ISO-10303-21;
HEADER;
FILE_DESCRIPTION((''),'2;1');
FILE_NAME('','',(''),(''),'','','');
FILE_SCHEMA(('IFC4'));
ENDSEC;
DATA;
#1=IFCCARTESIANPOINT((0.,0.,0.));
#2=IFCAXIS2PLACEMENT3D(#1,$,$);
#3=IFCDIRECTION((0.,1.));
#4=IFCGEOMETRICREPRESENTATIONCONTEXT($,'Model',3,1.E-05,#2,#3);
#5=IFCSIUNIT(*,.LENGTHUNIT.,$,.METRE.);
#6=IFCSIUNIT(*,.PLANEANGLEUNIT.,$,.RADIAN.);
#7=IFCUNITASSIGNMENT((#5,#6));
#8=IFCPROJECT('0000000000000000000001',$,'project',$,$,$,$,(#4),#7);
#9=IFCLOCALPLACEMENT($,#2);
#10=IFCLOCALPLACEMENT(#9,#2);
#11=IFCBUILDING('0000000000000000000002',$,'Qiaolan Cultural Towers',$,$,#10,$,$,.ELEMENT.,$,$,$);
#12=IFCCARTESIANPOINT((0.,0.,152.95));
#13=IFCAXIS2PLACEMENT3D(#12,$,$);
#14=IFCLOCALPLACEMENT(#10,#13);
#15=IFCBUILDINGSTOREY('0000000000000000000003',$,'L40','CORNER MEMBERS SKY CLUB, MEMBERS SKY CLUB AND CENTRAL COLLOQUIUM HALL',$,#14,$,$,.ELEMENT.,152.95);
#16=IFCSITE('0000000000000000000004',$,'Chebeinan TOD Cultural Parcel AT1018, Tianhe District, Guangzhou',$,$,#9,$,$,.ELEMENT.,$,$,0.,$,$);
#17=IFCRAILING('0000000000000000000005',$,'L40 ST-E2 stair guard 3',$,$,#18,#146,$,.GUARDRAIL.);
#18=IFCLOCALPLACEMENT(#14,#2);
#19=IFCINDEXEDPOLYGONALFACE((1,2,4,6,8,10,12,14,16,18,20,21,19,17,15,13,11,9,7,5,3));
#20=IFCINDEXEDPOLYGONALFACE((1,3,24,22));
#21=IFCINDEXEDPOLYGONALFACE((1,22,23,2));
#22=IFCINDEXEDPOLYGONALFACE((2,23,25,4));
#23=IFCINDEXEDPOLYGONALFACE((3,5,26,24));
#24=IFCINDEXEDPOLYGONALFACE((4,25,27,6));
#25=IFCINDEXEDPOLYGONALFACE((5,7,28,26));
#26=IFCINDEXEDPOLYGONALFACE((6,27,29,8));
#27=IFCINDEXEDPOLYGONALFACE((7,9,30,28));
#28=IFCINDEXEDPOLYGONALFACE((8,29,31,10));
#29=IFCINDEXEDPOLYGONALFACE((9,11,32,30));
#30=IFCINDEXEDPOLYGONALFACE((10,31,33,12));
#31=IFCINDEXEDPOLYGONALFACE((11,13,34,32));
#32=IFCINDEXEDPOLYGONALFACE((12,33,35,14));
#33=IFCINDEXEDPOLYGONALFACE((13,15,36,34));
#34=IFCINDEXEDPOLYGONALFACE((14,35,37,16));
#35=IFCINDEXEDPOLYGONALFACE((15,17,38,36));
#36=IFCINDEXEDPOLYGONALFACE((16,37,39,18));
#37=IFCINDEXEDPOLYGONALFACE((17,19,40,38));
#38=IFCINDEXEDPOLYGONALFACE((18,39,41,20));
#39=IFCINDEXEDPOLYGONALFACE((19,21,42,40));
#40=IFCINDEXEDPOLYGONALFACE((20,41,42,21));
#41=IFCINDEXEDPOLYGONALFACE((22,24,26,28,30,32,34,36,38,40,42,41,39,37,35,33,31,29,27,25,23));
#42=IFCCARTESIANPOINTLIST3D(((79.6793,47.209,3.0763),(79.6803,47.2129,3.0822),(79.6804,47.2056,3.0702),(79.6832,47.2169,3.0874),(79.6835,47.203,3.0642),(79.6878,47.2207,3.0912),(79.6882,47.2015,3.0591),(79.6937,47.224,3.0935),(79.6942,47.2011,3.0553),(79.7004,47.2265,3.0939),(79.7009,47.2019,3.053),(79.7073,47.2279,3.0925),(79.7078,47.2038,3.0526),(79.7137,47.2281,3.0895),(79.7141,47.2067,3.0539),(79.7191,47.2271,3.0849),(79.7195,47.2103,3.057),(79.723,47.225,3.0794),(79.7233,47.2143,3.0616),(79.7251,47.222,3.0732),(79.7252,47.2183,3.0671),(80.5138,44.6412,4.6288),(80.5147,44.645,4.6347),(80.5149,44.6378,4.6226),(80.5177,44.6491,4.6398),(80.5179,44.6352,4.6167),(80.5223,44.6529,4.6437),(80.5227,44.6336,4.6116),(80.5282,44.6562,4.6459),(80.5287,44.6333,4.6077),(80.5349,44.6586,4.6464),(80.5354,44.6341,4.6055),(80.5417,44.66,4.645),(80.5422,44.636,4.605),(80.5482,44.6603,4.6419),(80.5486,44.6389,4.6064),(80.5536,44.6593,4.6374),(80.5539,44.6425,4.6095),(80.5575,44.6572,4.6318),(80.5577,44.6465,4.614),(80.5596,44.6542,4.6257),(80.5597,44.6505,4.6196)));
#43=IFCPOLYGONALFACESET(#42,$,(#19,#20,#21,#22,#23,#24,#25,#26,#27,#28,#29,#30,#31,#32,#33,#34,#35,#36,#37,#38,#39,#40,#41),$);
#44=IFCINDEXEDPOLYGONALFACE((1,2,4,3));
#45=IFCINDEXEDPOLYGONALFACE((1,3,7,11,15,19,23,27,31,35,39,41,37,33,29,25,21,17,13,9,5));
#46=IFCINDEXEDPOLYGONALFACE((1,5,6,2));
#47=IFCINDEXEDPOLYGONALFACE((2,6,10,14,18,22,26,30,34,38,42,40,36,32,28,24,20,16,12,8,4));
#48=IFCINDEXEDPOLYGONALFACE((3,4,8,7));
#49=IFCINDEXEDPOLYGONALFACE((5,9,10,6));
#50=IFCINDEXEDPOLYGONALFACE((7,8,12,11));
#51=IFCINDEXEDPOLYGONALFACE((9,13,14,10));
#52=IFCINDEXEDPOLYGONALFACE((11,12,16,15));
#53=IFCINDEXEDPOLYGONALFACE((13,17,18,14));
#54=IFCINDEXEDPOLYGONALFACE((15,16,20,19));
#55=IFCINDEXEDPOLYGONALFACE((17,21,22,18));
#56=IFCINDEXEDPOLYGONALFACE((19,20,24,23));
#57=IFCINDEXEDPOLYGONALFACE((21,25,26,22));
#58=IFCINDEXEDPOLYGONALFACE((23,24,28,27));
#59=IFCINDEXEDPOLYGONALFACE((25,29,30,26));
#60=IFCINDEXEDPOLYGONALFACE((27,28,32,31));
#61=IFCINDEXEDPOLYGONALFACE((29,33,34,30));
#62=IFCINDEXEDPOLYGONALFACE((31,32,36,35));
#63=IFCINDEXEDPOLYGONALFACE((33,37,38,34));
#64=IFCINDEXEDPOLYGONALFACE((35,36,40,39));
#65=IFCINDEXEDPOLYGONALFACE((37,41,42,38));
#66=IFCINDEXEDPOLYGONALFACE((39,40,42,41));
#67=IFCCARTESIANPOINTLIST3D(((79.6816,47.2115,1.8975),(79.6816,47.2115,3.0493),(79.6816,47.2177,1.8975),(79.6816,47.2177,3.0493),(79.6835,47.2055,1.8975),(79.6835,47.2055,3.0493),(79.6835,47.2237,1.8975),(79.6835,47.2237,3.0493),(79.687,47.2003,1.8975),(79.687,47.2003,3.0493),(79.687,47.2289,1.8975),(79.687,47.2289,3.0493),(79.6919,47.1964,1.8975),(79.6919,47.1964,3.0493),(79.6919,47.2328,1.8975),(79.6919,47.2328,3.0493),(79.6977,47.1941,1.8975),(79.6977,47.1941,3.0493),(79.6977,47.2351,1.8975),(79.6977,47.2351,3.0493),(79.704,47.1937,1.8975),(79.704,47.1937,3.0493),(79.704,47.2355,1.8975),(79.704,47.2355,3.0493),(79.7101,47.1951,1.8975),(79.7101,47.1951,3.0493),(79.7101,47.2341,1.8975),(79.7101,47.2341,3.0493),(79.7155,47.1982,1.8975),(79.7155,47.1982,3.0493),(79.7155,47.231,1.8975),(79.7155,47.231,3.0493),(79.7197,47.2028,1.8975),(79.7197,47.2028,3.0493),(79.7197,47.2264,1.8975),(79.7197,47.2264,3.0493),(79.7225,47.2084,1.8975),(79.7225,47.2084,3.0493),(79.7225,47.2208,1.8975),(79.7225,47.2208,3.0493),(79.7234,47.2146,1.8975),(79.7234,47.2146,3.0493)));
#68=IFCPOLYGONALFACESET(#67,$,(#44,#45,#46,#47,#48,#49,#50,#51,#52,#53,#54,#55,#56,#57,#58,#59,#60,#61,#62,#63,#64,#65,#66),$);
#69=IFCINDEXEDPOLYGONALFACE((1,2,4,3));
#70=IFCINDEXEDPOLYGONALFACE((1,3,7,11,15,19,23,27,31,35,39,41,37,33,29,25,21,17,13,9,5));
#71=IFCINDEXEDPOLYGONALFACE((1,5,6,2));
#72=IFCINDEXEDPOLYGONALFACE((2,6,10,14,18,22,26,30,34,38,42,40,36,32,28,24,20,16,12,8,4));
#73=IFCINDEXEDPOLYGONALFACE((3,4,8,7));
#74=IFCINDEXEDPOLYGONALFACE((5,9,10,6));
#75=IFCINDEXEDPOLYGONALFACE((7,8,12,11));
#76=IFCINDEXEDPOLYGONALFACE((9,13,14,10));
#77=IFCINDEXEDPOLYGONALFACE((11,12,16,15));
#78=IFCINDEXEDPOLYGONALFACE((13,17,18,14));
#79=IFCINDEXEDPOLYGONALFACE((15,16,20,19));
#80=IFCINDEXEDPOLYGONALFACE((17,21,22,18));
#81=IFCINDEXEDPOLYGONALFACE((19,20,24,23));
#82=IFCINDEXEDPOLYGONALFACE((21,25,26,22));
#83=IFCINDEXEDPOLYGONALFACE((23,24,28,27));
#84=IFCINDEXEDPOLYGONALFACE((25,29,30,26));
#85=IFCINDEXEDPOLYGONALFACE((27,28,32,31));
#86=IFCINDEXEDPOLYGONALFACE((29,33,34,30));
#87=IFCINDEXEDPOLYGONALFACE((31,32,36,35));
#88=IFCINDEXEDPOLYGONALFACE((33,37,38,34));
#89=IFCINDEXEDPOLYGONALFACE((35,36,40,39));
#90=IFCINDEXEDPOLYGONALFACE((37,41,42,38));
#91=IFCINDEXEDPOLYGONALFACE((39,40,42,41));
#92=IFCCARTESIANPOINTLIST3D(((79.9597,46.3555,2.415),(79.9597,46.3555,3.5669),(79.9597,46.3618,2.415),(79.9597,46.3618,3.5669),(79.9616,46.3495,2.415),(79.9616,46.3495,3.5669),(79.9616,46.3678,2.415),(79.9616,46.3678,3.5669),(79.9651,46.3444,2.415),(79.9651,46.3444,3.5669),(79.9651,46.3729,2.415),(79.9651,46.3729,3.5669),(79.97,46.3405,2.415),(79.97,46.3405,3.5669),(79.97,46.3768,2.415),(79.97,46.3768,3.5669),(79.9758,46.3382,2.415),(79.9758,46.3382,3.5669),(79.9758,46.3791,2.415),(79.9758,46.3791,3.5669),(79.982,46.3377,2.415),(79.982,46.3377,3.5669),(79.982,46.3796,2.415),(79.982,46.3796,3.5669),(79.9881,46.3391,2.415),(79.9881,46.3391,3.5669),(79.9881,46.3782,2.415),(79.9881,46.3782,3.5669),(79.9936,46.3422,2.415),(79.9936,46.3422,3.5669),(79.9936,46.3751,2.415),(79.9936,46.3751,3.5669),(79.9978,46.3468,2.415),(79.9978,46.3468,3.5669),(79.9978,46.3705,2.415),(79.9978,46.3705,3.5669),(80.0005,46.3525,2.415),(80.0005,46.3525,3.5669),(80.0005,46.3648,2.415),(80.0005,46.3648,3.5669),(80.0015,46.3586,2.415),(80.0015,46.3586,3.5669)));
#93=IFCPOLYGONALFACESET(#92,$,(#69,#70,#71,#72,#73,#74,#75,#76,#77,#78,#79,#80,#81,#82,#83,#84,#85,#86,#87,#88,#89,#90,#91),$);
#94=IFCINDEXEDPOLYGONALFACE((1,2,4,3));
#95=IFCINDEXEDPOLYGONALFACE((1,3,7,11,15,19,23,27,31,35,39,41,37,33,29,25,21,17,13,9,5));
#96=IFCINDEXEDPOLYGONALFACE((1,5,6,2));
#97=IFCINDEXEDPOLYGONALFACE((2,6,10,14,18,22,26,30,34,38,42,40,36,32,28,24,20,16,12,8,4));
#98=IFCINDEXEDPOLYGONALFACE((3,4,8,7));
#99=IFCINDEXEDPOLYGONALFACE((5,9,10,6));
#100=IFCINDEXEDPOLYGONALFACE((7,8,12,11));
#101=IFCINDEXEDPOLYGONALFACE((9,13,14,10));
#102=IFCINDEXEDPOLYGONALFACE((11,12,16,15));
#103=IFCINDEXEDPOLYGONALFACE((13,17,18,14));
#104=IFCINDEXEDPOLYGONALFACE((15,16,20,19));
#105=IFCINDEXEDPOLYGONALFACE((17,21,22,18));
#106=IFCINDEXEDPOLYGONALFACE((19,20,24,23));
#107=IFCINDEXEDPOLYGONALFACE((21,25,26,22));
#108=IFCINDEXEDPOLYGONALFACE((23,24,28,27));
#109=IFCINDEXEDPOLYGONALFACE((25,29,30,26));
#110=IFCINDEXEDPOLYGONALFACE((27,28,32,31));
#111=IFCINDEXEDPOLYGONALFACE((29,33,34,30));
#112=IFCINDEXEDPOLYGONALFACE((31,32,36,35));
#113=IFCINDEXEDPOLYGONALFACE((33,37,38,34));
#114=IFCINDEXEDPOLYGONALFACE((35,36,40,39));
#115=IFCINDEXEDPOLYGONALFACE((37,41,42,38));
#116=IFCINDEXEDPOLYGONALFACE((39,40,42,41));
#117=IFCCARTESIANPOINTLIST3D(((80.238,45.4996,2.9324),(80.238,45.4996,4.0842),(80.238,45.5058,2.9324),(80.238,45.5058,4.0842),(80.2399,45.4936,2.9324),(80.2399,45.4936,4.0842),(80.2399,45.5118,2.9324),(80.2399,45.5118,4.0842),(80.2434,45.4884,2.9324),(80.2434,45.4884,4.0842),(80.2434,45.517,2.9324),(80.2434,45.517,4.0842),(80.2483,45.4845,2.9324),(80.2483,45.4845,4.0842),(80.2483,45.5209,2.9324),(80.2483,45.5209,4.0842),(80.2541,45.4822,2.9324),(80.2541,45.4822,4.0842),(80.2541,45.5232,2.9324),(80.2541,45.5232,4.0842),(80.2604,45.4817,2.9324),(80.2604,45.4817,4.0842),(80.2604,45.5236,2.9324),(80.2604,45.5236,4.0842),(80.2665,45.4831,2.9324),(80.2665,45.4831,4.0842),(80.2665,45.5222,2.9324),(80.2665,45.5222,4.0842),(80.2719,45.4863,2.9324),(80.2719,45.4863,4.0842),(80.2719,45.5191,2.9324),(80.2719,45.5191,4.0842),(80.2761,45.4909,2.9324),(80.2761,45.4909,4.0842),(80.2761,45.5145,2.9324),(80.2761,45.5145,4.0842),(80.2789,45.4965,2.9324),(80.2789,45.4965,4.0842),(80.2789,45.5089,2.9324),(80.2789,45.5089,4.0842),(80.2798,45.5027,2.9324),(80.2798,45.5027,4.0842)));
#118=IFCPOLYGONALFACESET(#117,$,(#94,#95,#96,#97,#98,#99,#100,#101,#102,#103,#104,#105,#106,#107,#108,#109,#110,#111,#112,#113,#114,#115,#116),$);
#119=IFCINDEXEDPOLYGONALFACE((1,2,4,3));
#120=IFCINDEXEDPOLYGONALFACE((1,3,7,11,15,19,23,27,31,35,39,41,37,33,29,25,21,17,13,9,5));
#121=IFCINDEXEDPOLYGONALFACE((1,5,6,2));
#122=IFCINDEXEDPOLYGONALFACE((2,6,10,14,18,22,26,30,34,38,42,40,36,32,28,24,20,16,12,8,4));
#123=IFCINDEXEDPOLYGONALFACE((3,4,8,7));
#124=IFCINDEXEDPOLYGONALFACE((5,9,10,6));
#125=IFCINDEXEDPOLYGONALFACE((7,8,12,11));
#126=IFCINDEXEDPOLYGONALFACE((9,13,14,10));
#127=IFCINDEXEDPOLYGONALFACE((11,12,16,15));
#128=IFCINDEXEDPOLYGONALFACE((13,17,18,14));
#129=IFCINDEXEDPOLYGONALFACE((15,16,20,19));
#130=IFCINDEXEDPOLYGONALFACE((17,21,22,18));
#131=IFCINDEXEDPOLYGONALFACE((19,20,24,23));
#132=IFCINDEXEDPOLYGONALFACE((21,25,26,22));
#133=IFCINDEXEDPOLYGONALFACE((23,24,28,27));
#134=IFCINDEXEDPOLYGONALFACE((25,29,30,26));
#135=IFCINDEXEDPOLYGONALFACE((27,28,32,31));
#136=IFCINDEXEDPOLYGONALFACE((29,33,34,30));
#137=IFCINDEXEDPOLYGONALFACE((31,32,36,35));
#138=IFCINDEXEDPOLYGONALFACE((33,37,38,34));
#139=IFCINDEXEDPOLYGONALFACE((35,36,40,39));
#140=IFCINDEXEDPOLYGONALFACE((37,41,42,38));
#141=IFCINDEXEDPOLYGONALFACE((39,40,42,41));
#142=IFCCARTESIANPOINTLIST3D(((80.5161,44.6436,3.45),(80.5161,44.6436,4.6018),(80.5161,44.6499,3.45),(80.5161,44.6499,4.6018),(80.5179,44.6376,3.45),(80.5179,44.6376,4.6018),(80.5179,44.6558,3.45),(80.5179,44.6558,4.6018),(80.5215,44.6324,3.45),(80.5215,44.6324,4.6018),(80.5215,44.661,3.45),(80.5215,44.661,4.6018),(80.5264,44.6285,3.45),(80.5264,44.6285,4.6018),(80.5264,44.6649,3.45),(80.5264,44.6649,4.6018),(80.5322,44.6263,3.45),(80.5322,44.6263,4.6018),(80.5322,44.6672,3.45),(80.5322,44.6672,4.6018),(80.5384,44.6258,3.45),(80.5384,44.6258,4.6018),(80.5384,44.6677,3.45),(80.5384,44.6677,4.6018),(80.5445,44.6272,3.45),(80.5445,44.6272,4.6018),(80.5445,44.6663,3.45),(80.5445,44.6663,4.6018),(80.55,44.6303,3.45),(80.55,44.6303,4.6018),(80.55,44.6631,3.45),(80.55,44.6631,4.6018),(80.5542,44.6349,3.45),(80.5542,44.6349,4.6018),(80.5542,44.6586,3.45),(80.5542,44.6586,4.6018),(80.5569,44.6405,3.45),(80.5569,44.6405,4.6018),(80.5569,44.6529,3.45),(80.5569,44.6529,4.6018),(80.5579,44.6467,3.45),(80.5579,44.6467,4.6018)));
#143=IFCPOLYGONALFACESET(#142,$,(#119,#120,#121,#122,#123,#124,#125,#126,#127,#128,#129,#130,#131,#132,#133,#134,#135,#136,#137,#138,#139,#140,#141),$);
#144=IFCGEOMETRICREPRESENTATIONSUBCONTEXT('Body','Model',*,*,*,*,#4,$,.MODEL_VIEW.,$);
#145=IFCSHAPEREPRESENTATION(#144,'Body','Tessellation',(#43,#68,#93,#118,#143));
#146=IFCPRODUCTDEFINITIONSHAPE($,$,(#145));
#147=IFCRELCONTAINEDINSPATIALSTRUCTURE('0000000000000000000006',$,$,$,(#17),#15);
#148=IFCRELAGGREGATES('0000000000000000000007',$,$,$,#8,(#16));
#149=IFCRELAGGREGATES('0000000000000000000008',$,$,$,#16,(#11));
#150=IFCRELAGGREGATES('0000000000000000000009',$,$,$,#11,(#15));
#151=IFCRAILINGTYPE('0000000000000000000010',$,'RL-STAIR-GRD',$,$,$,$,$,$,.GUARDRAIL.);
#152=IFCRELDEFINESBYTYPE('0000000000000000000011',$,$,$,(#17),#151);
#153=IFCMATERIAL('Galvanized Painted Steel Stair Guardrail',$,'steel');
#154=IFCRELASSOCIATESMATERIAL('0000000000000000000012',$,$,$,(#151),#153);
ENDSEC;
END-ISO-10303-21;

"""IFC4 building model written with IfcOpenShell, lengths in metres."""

from ifc_helpers import new_model, si_unit, direction, frame, origin, origin_2d, place, context, subcontext, project, spatial, circle, extrude, material, type_object, element, save


model = new_model("IFC4")

# Units and contexts
model_context = context("Model", 3, precision=1e-05, world=origin(), true_north=direction((0.0, 1.0)))
body_context = subcontext(model_context, "Body", "Model", "MODEL_VIEW")
ifc_project = project(units=[si_unit("LENGTHUNIT", "METRE"), si_unit("PLANEANGLEUNIT", "RADIAN")], contexts=[model_context])

# Site, building, storey
site_placement = place(None, origin())
site = spatial("IfcSite", under=ifc_project, at=site_placement, Name="Chebeinan TOD Cultural Parcel AT1018, Tianhe District, Guangzhou", CompositionType="ELEMENT", RefElevation=0.0)
building_placement = place(site_placement, origin())
building = spatial("IfcBuilding", under=site, at=building_placement, Name="Qiaolan Cultural Towers", CompositionType="ELEMENT")
storey_placement = place(building_placement, frame((0.0, 0.0, 152.95)))
storey = spatial("IfcBuildingStorey", under=building, at=storey_placement, Name="L40", Description="CORNER MEMBERS SKY CLUB, MEMBERS SKY CLUB AND CENTRAL COLLOQUIUM HALL", CompositionType="ELEMENT", Elevation=152.95)

# Railing
ifc_material_1 = material(Name="Galvanized Painted Steel Stair Guardrail", Category="steel")
railing_type_1 = type_object("IfcRailingType", Name="RL-STAIR-GRD", PredefinedType="GUARDRAIL", material=ifc_material_1)
railing_1_placement = place(storey_placement, frame((79.7024, 47.2146, 1.8975)))
element("IfcRailing", 1, at=railing_1_placement, inside=storey, type_object=railing_type_1, Name="L40 ST-E2 stair guard 3", PredefinedType="GUARDRAIL", context=body_context, shape_type="SweptSolid", body=[
    extrude(circle(Radius=0.0239, at=origin_2d()), frame((0.0, 0.0, 1.1758), z_axis=(0.267926, -0.824471, 0.498461), x_axis=(0.951043, 0.309057, 0.0)), (0.0, 0.0, 1.0), 3.1145),
    extrude(circle(Radius=0.021, at=origin_2d()), origin(), (0.0, 0.0, 1.0), 1.1519),
    extrude(circle(Radius=0.021, at=origin_2d()), frame((0.2781, -0.856, 0.5176)), (0.0, 0.0, 1.0), 1.1519),
    extrude(circle(Radius=0.021, at=origin_2d()), frame((0.5564, -1.7119, 1.0349)), (0.0, 0.0, 1.0), 1.1519),
    extrude(circle(Radius=0.021, at=origin_2d()), frame((0.8345, -2.5679, 1.5525)), (0.0, 0.0, 1.0), 1.1519),
])

save(model, "model.ifc")
